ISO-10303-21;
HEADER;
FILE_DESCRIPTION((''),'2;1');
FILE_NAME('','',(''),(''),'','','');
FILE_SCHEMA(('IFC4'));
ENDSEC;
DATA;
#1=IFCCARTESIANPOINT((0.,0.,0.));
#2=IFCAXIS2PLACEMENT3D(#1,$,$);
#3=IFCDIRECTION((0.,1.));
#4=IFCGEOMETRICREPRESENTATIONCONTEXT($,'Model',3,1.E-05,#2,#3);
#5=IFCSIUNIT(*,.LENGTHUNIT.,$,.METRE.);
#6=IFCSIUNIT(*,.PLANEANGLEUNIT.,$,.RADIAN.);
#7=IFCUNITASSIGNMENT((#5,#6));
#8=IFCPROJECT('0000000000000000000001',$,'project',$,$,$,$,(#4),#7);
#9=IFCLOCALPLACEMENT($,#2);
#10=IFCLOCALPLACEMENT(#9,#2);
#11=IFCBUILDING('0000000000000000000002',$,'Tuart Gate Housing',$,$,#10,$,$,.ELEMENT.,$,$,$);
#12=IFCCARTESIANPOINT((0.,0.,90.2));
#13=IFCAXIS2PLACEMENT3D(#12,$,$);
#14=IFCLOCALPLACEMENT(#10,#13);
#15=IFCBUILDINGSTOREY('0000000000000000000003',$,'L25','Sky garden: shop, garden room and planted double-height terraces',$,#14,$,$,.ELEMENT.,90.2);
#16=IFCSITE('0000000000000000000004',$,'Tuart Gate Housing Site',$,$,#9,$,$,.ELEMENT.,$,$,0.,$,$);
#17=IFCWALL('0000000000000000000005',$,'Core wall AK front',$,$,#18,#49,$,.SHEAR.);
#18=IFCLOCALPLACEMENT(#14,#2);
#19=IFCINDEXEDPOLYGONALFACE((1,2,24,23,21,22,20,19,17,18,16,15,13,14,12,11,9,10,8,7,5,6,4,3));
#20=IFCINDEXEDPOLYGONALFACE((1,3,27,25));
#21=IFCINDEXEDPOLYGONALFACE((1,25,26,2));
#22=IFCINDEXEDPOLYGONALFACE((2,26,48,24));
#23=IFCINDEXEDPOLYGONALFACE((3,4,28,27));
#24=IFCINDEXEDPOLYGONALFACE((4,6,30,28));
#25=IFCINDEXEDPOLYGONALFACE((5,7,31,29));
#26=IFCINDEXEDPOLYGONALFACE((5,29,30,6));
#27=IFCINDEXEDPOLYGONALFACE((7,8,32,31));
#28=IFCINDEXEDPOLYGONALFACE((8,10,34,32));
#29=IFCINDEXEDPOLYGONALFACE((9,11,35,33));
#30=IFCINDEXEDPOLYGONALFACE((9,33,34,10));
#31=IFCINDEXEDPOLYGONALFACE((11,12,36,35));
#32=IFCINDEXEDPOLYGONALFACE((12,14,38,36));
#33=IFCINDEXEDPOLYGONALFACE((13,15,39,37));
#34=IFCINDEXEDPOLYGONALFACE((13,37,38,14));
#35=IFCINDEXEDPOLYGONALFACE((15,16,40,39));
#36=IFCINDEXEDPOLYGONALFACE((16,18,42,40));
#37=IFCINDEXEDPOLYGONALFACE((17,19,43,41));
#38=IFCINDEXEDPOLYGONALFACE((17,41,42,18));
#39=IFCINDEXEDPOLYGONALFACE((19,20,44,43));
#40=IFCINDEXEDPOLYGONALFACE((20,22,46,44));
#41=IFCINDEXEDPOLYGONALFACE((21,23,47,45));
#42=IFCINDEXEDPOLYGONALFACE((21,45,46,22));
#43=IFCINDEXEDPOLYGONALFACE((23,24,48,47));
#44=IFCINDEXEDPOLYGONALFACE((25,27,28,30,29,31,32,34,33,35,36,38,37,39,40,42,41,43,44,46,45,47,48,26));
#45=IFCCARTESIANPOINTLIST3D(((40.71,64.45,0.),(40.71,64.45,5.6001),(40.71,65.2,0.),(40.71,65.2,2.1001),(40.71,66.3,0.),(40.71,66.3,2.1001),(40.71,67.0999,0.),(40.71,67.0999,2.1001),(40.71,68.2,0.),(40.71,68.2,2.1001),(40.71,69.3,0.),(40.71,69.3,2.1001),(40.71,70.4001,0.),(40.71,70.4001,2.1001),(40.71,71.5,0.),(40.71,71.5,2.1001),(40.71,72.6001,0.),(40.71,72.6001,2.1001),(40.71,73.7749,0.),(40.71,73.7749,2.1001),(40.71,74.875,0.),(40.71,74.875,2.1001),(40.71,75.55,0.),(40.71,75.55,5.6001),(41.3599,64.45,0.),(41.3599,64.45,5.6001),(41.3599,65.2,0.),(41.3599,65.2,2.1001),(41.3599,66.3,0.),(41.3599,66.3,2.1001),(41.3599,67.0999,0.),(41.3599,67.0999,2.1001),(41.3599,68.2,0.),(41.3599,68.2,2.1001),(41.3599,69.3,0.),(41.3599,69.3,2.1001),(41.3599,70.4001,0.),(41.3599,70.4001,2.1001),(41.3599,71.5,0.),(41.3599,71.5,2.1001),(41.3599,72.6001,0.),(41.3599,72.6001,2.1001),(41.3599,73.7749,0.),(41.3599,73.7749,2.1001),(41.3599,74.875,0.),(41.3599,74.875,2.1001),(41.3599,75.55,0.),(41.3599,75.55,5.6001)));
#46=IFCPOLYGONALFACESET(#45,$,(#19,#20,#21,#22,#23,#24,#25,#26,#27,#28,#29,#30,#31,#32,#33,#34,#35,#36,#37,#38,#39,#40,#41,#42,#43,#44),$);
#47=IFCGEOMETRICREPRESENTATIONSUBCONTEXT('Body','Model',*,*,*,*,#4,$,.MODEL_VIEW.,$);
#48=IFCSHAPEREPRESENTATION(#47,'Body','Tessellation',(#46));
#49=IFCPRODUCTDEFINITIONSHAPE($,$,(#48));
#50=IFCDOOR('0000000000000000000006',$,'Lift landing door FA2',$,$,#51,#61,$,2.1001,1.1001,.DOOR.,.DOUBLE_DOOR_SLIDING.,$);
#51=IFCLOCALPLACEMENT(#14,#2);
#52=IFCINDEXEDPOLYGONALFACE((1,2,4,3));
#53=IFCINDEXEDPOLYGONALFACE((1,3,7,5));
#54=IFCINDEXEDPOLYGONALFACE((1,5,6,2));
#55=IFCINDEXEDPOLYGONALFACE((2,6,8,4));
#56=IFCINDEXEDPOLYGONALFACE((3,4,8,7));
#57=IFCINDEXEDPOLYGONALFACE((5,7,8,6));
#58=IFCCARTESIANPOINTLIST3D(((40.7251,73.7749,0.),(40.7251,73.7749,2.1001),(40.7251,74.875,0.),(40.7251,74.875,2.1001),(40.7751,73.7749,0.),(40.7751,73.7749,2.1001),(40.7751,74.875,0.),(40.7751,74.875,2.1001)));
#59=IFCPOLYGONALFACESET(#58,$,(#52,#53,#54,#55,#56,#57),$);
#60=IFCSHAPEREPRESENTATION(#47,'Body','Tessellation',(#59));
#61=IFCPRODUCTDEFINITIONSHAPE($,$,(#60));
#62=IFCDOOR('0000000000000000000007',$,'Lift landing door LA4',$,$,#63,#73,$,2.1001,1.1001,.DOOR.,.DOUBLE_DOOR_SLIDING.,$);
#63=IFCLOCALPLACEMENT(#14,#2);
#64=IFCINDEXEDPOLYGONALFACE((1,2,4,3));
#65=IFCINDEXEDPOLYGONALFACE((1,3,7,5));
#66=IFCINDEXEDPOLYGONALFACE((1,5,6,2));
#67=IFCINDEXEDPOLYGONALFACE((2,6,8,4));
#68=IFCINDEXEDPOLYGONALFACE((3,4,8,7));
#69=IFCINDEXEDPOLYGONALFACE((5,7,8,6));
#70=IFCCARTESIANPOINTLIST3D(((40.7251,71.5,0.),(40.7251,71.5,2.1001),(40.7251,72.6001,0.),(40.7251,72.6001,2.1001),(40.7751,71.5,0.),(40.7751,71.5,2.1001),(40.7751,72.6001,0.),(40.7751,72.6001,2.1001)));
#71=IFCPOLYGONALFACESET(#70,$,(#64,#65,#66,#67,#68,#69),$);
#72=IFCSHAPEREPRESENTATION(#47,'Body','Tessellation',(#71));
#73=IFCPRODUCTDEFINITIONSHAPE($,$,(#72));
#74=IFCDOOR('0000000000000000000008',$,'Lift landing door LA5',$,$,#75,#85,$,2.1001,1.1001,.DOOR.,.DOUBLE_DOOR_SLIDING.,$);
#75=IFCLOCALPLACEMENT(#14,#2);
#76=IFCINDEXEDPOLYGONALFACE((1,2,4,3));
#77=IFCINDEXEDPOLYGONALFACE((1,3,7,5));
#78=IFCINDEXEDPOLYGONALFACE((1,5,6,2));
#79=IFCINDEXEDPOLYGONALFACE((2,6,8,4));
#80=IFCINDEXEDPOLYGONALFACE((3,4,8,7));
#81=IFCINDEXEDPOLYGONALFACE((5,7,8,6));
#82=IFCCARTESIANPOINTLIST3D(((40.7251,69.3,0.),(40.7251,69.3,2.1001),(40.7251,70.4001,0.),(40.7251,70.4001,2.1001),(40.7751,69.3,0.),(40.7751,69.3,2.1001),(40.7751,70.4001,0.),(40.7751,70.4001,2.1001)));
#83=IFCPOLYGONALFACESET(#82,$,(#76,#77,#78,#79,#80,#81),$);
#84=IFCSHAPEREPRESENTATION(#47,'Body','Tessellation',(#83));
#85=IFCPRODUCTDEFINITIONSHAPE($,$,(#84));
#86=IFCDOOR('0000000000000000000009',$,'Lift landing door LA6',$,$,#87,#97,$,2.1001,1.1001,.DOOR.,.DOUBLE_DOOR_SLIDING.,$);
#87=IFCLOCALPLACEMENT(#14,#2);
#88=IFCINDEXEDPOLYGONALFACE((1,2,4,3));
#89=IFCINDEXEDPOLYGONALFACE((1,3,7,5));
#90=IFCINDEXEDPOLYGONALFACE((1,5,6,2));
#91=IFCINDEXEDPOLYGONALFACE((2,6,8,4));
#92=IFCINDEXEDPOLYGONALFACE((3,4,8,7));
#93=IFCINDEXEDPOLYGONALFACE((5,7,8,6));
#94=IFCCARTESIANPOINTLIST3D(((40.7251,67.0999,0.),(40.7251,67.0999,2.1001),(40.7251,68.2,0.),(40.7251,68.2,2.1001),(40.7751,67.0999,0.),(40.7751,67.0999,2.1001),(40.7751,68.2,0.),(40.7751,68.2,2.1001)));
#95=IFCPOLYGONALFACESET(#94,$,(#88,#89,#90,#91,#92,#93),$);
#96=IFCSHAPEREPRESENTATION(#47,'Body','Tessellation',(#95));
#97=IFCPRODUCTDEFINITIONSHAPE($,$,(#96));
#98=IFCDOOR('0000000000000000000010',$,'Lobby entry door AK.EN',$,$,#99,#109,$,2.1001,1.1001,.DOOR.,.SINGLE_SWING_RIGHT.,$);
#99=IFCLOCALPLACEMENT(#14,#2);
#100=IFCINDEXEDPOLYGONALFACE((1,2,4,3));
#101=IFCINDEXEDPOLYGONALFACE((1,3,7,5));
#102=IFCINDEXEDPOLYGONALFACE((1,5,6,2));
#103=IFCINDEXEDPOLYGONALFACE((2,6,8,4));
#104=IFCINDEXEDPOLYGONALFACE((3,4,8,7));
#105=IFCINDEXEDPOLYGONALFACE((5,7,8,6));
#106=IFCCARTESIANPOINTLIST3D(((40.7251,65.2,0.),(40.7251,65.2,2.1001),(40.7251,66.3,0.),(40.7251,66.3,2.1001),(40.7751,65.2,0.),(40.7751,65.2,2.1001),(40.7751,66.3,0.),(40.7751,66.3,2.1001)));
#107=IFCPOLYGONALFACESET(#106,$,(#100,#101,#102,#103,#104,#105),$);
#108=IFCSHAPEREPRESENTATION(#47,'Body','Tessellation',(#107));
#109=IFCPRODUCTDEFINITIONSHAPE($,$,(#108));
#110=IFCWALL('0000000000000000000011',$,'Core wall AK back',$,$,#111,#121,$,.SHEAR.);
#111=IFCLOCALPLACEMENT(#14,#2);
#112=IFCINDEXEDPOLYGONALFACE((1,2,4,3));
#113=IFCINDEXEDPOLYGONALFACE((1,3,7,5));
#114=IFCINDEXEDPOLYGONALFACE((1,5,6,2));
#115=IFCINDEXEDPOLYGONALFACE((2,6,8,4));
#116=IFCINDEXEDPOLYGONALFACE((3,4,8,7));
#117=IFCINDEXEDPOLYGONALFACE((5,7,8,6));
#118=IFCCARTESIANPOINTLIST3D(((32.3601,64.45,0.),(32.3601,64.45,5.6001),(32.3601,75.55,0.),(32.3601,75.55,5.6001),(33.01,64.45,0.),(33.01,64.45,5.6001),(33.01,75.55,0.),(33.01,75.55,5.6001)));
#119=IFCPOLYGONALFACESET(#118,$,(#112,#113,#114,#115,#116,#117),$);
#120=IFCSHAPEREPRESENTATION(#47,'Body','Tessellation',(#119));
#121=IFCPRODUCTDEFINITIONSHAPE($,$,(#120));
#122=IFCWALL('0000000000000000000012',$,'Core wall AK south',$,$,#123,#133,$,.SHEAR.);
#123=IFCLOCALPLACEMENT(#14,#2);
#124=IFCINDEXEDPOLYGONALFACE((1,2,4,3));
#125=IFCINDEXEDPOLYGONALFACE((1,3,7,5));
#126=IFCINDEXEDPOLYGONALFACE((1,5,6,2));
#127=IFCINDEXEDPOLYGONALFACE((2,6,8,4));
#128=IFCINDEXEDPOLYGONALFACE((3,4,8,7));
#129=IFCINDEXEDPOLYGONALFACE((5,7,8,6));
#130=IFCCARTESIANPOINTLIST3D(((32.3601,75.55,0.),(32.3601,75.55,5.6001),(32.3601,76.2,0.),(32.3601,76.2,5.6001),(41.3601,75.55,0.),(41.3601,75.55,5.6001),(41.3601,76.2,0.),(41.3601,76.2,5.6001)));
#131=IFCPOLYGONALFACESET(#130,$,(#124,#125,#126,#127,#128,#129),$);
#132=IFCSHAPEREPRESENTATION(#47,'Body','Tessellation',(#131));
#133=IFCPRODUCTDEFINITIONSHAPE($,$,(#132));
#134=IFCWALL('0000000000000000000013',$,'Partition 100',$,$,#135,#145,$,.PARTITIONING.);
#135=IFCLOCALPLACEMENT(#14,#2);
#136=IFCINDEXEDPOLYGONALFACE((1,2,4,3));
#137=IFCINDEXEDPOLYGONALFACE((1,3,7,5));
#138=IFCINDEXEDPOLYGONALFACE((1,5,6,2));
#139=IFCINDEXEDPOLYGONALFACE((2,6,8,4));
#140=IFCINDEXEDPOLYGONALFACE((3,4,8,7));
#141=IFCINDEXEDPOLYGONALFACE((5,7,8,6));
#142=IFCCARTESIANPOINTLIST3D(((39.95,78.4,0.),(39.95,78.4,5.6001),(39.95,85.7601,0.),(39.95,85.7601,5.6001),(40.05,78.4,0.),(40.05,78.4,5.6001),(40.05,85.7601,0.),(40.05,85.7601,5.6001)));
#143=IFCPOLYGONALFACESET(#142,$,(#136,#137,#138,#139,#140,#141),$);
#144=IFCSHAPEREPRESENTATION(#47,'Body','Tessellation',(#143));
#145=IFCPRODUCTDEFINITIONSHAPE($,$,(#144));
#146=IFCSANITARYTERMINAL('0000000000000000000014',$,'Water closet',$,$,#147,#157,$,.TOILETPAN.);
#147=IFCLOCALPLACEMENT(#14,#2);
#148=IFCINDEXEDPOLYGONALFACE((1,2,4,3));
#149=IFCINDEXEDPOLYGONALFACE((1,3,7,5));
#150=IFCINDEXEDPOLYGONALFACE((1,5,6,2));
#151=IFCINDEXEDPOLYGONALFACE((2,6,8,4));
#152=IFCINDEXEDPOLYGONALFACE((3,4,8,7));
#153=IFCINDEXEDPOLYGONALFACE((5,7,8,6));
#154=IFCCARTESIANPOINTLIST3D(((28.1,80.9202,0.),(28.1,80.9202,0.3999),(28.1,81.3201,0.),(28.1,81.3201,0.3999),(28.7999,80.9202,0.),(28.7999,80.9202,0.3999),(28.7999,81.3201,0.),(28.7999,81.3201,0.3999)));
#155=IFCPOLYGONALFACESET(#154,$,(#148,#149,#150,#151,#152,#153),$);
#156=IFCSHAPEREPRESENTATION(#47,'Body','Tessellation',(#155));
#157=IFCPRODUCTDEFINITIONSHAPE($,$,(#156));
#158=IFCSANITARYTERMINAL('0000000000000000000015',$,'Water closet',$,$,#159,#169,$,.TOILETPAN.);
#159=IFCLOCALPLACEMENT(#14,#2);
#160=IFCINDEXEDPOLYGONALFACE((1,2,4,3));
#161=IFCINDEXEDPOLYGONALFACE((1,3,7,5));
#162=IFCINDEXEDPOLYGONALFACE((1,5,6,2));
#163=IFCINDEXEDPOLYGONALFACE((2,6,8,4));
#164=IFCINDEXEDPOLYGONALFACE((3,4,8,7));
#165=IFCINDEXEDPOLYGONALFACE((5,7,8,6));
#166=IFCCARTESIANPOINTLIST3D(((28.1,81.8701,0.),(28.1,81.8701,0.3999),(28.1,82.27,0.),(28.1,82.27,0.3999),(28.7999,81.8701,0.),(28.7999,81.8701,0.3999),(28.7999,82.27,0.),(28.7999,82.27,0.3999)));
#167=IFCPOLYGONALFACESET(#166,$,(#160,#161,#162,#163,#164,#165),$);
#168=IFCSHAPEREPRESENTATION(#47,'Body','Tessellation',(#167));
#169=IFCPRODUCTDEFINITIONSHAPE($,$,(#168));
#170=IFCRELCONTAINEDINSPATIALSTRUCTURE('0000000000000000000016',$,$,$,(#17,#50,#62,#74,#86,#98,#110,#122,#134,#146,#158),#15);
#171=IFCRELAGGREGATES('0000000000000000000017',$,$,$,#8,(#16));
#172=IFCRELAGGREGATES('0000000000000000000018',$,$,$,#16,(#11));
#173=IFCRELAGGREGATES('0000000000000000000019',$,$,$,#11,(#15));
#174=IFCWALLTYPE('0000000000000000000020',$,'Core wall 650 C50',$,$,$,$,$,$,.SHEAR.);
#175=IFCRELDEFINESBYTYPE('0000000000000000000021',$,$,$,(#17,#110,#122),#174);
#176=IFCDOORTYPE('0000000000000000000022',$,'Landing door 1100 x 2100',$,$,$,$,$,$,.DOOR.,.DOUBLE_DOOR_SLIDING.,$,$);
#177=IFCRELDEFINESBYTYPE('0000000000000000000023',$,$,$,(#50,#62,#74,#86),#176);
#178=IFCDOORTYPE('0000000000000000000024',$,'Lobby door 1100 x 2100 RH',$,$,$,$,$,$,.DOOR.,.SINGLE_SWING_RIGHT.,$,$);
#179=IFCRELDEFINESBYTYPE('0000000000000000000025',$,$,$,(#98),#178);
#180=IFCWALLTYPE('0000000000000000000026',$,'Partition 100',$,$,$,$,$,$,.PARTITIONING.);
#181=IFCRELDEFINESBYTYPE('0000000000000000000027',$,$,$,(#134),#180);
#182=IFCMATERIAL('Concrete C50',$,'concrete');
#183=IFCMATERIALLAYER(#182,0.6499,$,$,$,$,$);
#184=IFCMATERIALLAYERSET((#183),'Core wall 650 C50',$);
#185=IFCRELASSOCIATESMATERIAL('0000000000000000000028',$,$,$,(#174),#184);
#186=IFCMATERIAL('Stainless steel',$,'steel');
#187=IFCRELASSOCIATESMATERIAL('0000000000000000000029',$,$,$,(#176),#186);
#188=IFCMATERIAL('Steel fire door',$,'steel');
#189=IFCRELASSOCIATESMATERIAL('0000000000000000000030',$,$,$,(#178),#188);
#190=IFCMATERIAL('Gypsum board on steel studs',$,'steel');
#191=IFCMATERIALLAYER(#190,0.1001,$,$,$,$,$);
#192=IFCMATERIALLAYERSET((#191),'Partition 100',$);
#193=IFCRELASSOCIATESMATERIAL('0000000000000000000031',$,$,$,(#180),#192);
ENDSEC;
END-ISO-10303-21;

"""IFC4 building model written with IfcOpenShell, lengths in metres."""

from ifc_helpers import new_model, si_unit, direction, frame, frame_2d, origin, origin_2d, place, context, subcontext, project, spatial, rectangle, extrude, material, layer, layer_set, type_object, element, fill, save


model = new_model("IFC4")

# Units and contexts
model_context = context("Model", 3, precision=1e-05, world=origin(), true_north=direction((0.0, 1.0)))
body_context = subcontext(model_context, "Body", "Model", "MODEL_VIEW")
ifc_project = project(units=[si_unit("LENGTHUNIT", "METRE"), si_unit("PLANEANGLEUNIT", "RADIAN")], contexts=[model_context])

# Site, building, storey
site_placement = place(None, origin())
site = spatial("IfcSite", under=ifc_project, at=site_placement, Name="Tuart Gate Housing Site", CompositionType="ELEMENT", RefElevation=0.0)
building_placement = place(site_placement, origin())
building = spatial("IfcBuilding", under=site, at=building_placement, Name="Tuart Gate Housing", CompositionType="ELEMENT")
storey_placement = place(building_placement, frame((0.0, 0.0, 90.2)))
storey = spatial("IfcBuildingStorey", under=building, at=storey_placement, Name="L25", Description="Sky garden: shop, garden room and planted double-height terraces", CompositionType="ELEMENT", Elevation=90.2)

# Wall, openings, doors
ifc_material_1 = material(Name="Concrete C50", Category="concrete")
ifc_layer_1 = layer(ifc_material_1, 0.6499)
ifc_layer_set_1 = layer_set([ifc_layer_1], Name="Core wall 650 C50")
wall_type_1 = type_object("IfcWallType", Name="Core wall 650 C50", PredefinedType="SHEAR", material=ifc_layer_set_1)
wall_1_placement = place(storey_placement, frame((41.0349, 75.55, 0.0), z_axis=(0.0, 0.0, 1.0), x_axis=(0.0, -1.0, 0.0)))
wall_1 = element("IfcWall", 1, at=wall_1_placement, inside=storey, type_object=wall_type_1, Name="Core wall AK front", PredefinedType="SHEAR", context=body_context, shape_type="SweptSolid", body=[
    extrude(rectangle(XDim=11.1001, YDim=0.6499, at=frame_2d((5.55, 0.0))), origin(), (0.0, 0.0, 1.0), 5.6001),
])
opening_1_placement = place(wall_1_placement, frame((0.675, 0.0, 0.0)))
opening_1 = element("IfcOpeningElement", 2, at=opening_1_placement, cuts=wall_1, PredefinedType="OPENING", context=body_context, shape_type="SweptSolid", body=[
    extrude(rectangle(XDim=1.1001, YDim=2.1001, at=frame_2d((0.55, 1.05))), frame((0.0, 0.335, 0.0), z_axis=(0.0, -1.0, 0.0), x_axis=(1.0, 0.0, 0.0)), (0.0, 0.0, 1.0), 0.6699),
])
opening_2_placement = place(wall_1_placement, frame((2.95, 0.0, 0.0)))
opening_2 = element("IfcOpeningElement", 3, at=opening_2_placement, cuts=wall_1, PredefinedType="OPENING", context=body_context, shape_type="SweptSolid", body=[
    extrude(rectangle(XDim=1.1001, YDim=2.1001, at=frame_2d((0.55, 1.05))), frame((0.0, 0.335, 0.0), z_axis=(0.0, -1.0, 0.0), x_axis=(1.0, 0.0, 0.0)), (0.0, 0.0, 1.0), 0.6699),
])
opening_3_placement = place(wall_1_placement, frame((5.1499, 0.0, 0.0)))
opening_3 = element("IfcOpeningElement", 4, at=opening_3_placement, cuts=wall_1, PredefinedType="OPENING", context=body_context, shape_type="SweptSolid", body=[
    extrude(rectangle(XDim=1.1001, YDim=2.1001, at=frame_2d((0.55, 1.05))), frame((0.0, 0.335, 0.0), z_axis=(0.0, -1.0, 0.0), x_axis=(1.0, 0.0, 0.0)), (0.0, 0.0, 1.0), 0.6699),
])
opening_4_placement = place(wall_1_placement, frame((7.3501, 0.0, 0.0)))
opening_4 = element("IfcOpeningElement", 5, at=opening_4_placement, cuts=wall_1, PredefinedType="OPENING", context=body_context, shape_type="SweptSolid", body=[
    extrude(rectangle(XDim=1.1001, YDim=2.1001, at=frame_2d((0.55, 1.05))), frame((0.0, 0.335, 0.0), z_axis=(0.0, -1.0, 0.0), x_axis=(1.0, 0.0, 0.0)), (0.0, 0.0, 1.0), 0.6699),
])
opening_5_placement = place(wall_1_placement, frame((9.25, 0.0, 0.0)))
opening_5 = element("IfcOpeningElement", 6, at=opening_5_placement, cuts=wall_1, PredefinedType="OPENING", context=body_context, shape_type="SweptSolid", body=[
    extrude(rectangle(XDim=1.1001, YDim=2.1001, at=frame_2d((0.55, 1.05))), frame((0.0, 0.335, 0.0), z_axis=(0.0, -1.0, 0.0), x_axis=(1.0, 0.0, 0.0)), (0.0, 0.0, 1.0), 0.6699),
])
ifc_material_2 = material(Name="Stainless steel", Category="steel")
door_type_1 = type_object("IfcDoorType", Name="Landing door 1100 x 2100", OperationType="DOUBLE_DOOR_SLIDING", PredefinedType="DOOR", material=ifc_material_2)
door_1_placement = place(opening_1_placement, origin())
door_1 = element("IfcDoor", 7, at=door_1_placement, inside=storey, type_object=door_type_1, Name="Lift landing door FA2", OperationType="DOUBLE_DOOR_SLIDING", OverallHeight=2.1001, OverallWidth=1.1001, PredefinedType="DOOR", context=body_context, shape_type="SweptSolid", body=[
    extrude(rectangle(XDim=1.1001, YDim=2.1001, at=frame_2d((0.55, 1.05))), frame((0.0, -0.2598, 0.0), z_axis=(0.0, -1.0, 0.0), x_axis=(1.0, 0.0, 0.0)), (0.0, 0.0, 1.0), 0.05),
])
fill(opening_1, door_1)
door_2_placement = place(opening_2_placement, origin())
door_2 = element("IfcDoor", 8, at=door_2_placement, inside=storey, type_object=door_type_1, Name="Lift landing door LA4", OperationType="DOUBLE_DOOR_SLIDING", OverallHeight=2.1001, OverallWidth=1.1001, PredefinedType="DOOR", context=body_context, shape_type="SweptSolid", body=[
    extrude(rectangle(XDim=1.1001, YDim=2.1001, at=frame_2d((0.55, 1.05))), frame((0.0, -0.2598, 0.0), z_axis=(0.0, -1.0, 0.0), x_axis=(1.0, 0.0, 0.0)), (0.0, 0.0, 1.0), 0.05),
])
fill(opening_2, door_2)
door_3_placement = place(opening_3_placement, origin())
door_3 = element("IfcDoor", 9, at=door_3_placement, inside=storey, type_object=door_type_1, Name="Lift landing door LA5", OperationType="DOUBLE_DOOR_SLIDING", OverallHeight=2.1001, OverallWidth=1.1001, PredefinedType="DOOR", context=body_context, shape_type="SweptSolid", body=[
    extrude(rectangle(XDim=1.1001, YDim=2.1001, at=frame_2d((0.55, 1.05))), frame((0.0, -0.2598, 0.0), z_axis=(0.0, -1.0, 0.0), x_axis=(1.0, 0.0, 0.0)), (0.0, 0.0, 1.0), 0.05),
])
fill(opening_3, door_3)
door_4_placement = place(opening_4_placement, origin())
door_4 = element("IfcDoor", 10, at=door_4_placement, inside=storey, type_object=door_type_1, Name="Lift landing door LA6", OperationType="DOUBLE_DOOR_SLIDING", OverallHeight=2.1001, OverallWidth=1.1001, PredefinedType="DOOR", context=body_context, shape_type="SweptSolid", body=[
    extrude(rectangle(XDim=1.1001, YDim=2.1001, at=frame_2d((0.55, 1.05))), frame((0.0, -0.2598, 0.0), z_axis=(0.0, -1.0, 0.0), x_axis=(1.0, 0.0, 0.0)), (0.0, 0.0, 1.0), 0.05),
])
fill(opening_4, door_4)
ifc_material_3 = material(Name="Steel fire door", Category="steel")
door_type_2 = type_object("IfcDoorType", Name="Lobby door 1100 x 2100 RH", OperationType="SINGLE_SWING_RIGHT", PredefinedType="DOOR", material=ifc_material_3)
door_5_placement = place(opening_5_placement, frame((1.1001, 0.0, 0.0), z_axis=(0.0, 0.0, 1.0), x_axis=(-1.0, 0.0, 0.0)))
door_5 = element("IfcDoor", 11, at=door_5_placement, inside=storey, type_object=door_type_2, Name="Lobby entry door AK.EN", OperationType="SINGLE_SWING_RIGHT", OverallHeight=2.1001, OverallWidth=1.1001, PredefinedType="DOOR", context=body_context, shape_type="SweptSolid", body=[
    extrude(rectangle(XDim=1.1001, YDim=2.1001, at=frame_2d((0.55, 1.05))), frame((0.0, 0.3098, 0.0), z_axis=(0.0, -1.0, 0.0), x_axis=(1.0, 0.0, 0.0)), (0.0, 0.0, 1.0), 0.05),
])
fill(opening_5, door_5)

# Walls
wall_2_placement = place(storey_placement, frame((32.6851, 75.55, 0.0), z_axis=(0.0, 0.0, 1.0), x_axis=(0.0, -1.0, 0.0)))
element("IfcWall", 12, at=wall_2_placement, inside=storey, type_object=wall_type_1, Name="Core wall AK back", PredefinedType="SHEAR", context=body_context, shape_type="SweptSolid", body=[
    extrude(rectangle(XDim=11.1001, YDim=0.6499, at=frame_2d((5.55, 0.0))), origin(), (0.0, 0.0, 1.0), 5.6001),
])
wall_3_placement = place(storey_placement, frame((41.3601, 75.875, 0.0), z_axis=(0.0, 0.0, 1.0), x_axis=(-1.0, 0.0, 0.0)))
element("IfcWall", 13, at=wall_3_placement, inside=storey, type_object=wall_type_1, Name="Core wall AK south", PredefinedType="SHEAR", context=body_context, shape_type="SweptSolid", body=[
    extrude(rectangle(XDim=9.0, YDim=0.6499, at=frame_2d((4.5, 0.0))), origin(), (0.0, 0.0, 1.0), 5.6001),
])
ifc_material_4 = material(Name="Gypsum board on steel studs", Category="steel")
ifc_layer_2 = layer(ifc_material_4, 0.1001)
ifc_layer_set_2 = layer_set([ifc_layer_2], Name="Partition 100")
wall_type_2 = type_object("IfcWallType", Name="Partition 100", PredefinedType="PARTITIONING", material=ifc_layer_set_2)
wall_4_placement = place(storey_placement, frame((40.0, 78.3999, 0.0), z_axis=(0.0, 0.0, 1.0), x_axis=(0.0, 1.0, 0.0)))
element("IfcWall", 14, at=wall_4_placement, inside=storey, type_object=wall_type_2, Name="Partition 100", PredefinedType="PARTITIONING", context=body_context, shape_type="SweptSolid", body=[
    extrude(rectangle(XDim=7.3601, YDim=0.1001, at=frame_2d((3.6802, 0.0))), origin(), (0.0, 0.0, 1.0), 5.6001),
])

# Sanitary terminals
for number, where, z_axis, x_axis, name in (
    (15, (28.45, 81.1201, 0.0), (0.0, 0.0, 1.0), (1.0, 0.0, 0.0), "Water closet"),
    (16, (28.45, 82.0701, 0.0), (0.0, 0.0, 1.0), (1.0, 0.0, 0.0), "Water closet"),
):
    element("IfcSanitaryTerminal", number, at=place(storey_placement, frame(where, z_axis=z_axis, x_axis=x_axis)), inside=storey, Name=name, PredefinedType="TOILETPAN", context=body_context, shape_type="SweptSolid", body=[
        extrude(rectangle(XDim=0.7, YDim=0.3999, at=origin_2d()), origin(), (0.0, 0.0, 1.0), 0.3999),
    ])

save(model, "model.ifc")
